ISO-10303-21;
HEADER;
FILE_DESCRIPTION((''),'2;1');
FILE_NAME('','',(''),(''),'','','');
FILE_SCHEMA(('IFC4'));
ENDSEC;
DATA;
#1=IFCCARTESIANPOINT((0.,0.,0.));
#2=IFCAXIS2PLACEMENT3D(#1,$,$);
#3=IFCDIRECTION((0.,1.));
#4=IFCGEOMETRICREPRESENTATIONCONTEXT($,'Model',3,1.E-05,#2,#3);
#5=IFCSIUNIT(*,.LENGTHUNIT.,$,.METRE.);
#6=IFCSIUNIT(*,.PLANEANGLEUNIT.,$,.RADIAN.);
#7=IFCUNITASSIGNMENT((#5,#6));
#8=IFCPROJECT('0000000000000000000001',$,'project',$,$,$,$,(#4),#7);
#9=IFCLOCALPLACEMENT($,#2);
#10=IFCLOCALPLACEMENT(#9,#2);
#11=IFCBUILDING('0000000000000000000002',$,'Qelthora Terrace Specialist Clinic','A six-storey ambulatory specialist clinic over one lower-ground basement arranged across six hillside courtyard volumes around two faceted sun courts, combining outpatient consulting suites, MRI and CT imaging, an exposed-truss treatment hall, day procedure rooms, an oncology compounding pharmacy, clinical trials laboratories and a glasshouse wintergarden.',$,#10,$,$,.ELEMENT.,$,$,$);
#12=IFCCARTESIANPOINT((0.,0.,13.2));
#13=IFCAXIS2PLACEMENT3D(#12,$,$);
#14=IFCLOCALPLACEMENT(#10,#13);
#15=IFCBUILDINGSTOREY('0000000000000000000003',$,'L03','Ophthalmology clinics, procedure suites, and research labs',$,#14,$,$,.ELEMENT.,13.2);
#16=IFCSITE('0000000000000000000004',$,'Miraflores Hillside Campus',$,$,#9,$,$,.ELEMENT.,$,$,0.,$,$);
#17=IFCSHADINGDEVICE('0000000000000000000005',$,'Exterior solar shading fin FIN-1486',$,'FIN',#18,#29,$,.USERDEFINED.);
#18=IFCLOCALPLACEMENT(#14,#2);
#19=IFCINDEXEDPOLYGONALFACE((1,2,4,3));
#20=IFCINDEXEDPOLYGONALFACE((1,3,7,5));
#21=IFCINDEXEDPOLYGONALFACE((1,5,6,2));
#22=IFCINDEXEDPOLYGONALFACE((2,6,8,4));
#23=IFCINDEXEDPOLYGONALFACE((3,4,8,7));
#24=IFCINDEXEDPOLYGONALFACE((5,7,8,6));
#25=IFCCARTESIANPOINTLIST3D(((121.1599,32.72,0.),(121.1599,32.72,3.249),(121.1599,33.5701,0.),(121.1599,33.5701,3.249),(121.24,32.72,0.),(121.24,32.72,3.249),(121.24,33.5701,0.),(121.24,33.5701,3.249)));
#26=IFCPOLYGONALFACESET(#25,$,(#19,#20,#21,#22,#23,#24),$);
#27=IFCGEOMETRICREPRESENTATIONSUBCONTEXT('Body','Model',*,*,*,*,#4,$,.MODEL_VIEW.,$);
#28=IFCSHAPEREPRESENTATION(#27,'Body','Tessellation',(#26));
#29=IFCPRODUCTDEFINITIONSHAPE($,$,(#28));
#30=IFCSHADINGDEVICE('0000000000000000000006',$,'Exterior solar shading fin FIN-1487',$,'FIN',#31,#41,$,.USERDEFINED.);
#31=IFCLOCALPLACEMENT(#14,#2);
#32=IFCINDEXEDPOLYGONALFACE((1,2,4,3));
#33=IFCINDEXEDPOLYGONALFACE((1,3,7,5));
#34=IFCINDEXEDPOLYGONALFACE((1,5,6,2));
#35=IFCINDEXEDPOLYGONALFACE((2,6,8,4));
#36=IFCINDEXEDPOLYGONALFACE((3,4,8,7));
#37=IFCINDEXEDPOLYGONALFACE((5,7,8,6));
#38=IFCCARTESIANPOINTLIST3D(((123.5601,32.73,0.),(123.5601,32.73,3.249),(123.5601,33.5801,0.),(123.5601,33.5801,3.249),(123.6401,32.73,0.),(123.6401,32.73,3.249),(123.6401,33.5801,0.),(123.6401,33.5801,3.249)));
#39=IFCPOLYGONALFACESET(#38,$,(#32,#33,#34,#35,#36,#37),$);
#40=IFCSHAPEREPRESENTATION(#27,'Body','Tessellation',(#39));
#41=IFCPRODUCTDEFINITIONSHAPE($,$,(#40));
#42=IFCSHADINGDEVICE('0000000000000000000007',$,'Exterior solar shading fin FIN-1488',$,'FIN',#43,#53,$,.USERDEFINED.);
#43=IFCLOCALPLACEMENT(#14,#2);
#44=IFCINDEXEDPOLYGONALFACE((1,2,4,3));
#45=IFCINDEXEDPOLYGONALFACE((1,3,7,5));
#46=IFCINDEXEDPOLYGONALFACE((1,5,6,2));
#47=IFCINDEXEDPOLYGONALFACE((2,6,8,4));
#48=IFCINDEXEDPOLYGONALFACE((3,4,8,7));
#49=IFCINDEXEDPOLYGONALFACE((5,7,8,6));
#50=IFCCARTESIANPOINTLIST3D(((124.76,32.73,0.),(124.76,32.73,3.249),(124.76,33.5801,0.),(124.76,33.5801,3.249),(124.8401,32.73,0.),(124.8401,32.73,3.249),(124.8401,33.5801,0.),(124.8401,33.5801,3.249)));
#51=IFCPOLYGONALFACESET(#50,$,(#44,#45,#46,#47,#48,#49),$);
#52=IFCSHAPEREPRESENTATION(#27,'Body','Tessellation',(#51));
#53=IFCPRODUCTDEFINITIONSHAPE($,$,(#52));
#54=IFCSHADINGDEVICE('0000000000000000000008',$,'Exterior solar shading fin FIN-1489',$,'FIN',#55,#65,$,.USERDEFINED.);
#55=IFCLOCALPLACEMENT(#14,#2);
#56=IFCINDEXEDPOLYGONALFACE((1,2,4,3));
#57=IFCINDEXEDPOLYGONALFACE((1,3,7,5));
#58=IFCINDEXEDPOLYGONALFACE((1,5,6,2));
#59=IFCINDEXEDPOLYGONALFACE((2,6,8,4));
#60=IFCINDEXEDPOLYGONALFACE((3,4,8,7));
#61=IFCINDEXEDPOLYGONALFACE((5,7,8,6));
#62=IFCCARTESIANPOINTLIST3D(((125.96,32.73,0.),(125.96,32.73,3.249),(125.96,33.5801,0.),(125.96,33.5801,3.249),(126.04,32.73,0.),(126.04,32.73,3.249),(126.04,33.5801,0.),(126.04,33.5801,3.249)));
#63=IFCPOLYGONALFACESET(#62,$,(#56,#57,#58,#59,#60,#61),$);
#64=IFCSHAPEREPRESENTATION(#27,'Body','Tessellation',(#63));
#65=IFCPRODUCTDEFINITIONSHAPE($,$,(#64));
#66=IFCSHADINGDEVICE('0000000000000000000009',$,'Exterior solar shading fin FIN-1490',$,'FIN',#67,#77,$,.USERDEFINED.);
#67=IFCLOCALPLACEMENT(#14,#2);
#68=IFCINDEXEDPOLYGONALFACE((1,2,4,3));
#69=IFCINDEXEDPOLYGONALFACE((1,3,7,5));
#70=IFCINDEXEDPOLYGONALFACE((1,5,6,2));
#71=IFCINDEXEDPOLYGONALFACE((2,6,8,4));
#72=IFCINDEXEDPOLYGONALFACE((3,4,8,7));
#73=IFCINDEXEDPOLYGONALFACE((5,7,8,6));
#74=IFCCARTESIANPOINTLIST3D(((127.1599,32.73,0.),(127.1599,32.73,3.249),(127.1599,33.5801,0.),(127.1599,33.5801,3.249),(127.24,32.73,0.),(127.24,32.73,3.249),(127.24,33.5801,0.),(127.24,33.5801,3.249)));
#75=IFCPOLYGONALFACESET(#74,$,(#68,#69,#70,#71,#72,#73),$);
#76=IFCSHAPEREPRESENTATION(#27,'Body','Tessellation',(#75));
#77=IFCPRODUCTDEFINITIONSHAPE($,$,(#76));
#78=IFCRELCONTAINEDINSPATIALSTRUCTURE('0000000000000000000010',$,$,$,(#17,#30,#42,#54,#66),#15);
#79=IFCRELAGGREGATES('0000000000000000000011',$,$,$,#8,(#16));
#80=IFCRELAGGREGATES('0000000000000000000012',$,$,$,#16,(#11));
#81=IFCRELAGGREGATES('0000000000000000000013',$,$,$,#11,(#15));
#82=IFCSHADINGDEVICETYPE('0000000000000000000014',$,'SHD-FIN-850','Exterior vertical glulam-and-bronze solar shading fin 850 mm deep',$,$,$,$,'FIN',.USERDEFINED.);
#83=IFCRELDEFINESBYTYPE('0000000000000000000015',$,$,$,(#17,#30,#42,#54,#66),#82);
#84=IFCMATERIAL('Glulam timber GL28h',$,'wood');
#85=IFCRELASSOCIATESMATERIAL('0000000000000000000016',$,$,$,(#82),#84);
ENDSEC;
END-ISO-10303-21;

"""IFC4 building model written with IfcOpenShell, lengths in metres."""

from ifc_helpers import new_model, si_unit, direction, frame, origin, origin_2d, place, context, subcontext, project, spatial, rectangle, extrude, material, type_object, element, save


model = new_model("IFC4")

# Units and contexts
model_context = context("Model", 3, precision=1e-05, world=origin(), true_north=direction((0.0, 1.0)))
body_context = subcontext(model_context, "Body", "Model", "MODEL_VIEW")
ifc_project = project(units=[si_unit("LENGTHUNIT", "METRE"), si_unit("PLANEANGLEUNIT", "RADIAN")], contexts=[model_context])

# Site, building, storey
site_placement = place(None, origin())
site = spatial("IfcSite", under=ifc_project, at=site_placement, Name="Miraflores Hillside Campus", CompositionType="ELEMENT", RefElevation=0.0)
building_placement = place(site_placement, origin())
building = spatial("IfcBuilding", under=site, at=building_placement, Name="Qelthora Terrace Specialist Clinic", Description="A six-storey ambulatory specialist clinic over one lower-ground basement arranged across six hillside courtyard volumes around two faceted sun courts, combining outpatient consulting suites, MRI and CT imaging, an exposed-truss treatment hall, day procedure rooms, an oncology compounding pharmacy, clinical trials laboratories and a glasshouse wintergarden.", CompositionType="ELEMENT")
storey_placement = place(building_placement, frame((0.0, 0.0, 13.2)))
storey = spatial("IfcBuildingStorey", under=building, at=storey_placement, Name="L03", Description="Ophthalmology clinics, procedure suites, and research labs", CompositionType="ELEMENT", Elevation=13.2)

# Shading devices
ifc_material_1 = material(Name="Glulam timber GL28h", Category="wood")
shading_device_type = type_object("IfcShadingDeviceType", Name="SHD-FIN-850", Description="Exterior vertical glulam-and-bronze solar shading fin 850 mm deep", ElementType="FIN", PredefinedType="USERDEFINED", material=ifc_material_1)
for number, where, z_axis, x_axis, name in (
    (1, (121.2, 33.145, 0.0), (0.0, 0.0, 1.0), (0.0, -1.0, 0.0), "Exterior solar shading fin FIN-1486"),
    (2, (123.6001, 33.155, 0.0), (0.0, 0.0, 1.0), (0.0, -1.0, 0.0), "Exterior solar shading fin FIN-1487"),
    (3, (124.8, 33.155, 0.0), (0.0, 0.0, 1.0), (0.0, -1.0, 0.0), "Exterior solar shading fin FIN-1488"),
    (4, (126.0, 33.155, 0.0), (0.0, 0.0, 1.0), (0.0, -1.0, 0.0), "Exterior solar shading fin FIN-1489"),
    (5, (127.2, 33.155, 0.0), (0.0, 0.0, 1.0), (0.0, -1.0, 0.0), "Exterior solar shading fin FIN-1490"),
):
    element("IfcShadingDevice", number, at=place(storey_placement, frame(where, z_axis=z_axis, x_axis=x_axis)), inside=storey, type_object=shading_device_type, Name=name, ObjectType="FIN", PredefinedType="USERDEFINED", context=body_context, shape_type="SweptSolid", body=[
        extrude(rectangle(XDim=0.8501, YDim=0.0801, at=origin_2d()), origin(), (0.0, 0.0, 1.0), 3.249),
    ])

save(model, "model.ifc")
